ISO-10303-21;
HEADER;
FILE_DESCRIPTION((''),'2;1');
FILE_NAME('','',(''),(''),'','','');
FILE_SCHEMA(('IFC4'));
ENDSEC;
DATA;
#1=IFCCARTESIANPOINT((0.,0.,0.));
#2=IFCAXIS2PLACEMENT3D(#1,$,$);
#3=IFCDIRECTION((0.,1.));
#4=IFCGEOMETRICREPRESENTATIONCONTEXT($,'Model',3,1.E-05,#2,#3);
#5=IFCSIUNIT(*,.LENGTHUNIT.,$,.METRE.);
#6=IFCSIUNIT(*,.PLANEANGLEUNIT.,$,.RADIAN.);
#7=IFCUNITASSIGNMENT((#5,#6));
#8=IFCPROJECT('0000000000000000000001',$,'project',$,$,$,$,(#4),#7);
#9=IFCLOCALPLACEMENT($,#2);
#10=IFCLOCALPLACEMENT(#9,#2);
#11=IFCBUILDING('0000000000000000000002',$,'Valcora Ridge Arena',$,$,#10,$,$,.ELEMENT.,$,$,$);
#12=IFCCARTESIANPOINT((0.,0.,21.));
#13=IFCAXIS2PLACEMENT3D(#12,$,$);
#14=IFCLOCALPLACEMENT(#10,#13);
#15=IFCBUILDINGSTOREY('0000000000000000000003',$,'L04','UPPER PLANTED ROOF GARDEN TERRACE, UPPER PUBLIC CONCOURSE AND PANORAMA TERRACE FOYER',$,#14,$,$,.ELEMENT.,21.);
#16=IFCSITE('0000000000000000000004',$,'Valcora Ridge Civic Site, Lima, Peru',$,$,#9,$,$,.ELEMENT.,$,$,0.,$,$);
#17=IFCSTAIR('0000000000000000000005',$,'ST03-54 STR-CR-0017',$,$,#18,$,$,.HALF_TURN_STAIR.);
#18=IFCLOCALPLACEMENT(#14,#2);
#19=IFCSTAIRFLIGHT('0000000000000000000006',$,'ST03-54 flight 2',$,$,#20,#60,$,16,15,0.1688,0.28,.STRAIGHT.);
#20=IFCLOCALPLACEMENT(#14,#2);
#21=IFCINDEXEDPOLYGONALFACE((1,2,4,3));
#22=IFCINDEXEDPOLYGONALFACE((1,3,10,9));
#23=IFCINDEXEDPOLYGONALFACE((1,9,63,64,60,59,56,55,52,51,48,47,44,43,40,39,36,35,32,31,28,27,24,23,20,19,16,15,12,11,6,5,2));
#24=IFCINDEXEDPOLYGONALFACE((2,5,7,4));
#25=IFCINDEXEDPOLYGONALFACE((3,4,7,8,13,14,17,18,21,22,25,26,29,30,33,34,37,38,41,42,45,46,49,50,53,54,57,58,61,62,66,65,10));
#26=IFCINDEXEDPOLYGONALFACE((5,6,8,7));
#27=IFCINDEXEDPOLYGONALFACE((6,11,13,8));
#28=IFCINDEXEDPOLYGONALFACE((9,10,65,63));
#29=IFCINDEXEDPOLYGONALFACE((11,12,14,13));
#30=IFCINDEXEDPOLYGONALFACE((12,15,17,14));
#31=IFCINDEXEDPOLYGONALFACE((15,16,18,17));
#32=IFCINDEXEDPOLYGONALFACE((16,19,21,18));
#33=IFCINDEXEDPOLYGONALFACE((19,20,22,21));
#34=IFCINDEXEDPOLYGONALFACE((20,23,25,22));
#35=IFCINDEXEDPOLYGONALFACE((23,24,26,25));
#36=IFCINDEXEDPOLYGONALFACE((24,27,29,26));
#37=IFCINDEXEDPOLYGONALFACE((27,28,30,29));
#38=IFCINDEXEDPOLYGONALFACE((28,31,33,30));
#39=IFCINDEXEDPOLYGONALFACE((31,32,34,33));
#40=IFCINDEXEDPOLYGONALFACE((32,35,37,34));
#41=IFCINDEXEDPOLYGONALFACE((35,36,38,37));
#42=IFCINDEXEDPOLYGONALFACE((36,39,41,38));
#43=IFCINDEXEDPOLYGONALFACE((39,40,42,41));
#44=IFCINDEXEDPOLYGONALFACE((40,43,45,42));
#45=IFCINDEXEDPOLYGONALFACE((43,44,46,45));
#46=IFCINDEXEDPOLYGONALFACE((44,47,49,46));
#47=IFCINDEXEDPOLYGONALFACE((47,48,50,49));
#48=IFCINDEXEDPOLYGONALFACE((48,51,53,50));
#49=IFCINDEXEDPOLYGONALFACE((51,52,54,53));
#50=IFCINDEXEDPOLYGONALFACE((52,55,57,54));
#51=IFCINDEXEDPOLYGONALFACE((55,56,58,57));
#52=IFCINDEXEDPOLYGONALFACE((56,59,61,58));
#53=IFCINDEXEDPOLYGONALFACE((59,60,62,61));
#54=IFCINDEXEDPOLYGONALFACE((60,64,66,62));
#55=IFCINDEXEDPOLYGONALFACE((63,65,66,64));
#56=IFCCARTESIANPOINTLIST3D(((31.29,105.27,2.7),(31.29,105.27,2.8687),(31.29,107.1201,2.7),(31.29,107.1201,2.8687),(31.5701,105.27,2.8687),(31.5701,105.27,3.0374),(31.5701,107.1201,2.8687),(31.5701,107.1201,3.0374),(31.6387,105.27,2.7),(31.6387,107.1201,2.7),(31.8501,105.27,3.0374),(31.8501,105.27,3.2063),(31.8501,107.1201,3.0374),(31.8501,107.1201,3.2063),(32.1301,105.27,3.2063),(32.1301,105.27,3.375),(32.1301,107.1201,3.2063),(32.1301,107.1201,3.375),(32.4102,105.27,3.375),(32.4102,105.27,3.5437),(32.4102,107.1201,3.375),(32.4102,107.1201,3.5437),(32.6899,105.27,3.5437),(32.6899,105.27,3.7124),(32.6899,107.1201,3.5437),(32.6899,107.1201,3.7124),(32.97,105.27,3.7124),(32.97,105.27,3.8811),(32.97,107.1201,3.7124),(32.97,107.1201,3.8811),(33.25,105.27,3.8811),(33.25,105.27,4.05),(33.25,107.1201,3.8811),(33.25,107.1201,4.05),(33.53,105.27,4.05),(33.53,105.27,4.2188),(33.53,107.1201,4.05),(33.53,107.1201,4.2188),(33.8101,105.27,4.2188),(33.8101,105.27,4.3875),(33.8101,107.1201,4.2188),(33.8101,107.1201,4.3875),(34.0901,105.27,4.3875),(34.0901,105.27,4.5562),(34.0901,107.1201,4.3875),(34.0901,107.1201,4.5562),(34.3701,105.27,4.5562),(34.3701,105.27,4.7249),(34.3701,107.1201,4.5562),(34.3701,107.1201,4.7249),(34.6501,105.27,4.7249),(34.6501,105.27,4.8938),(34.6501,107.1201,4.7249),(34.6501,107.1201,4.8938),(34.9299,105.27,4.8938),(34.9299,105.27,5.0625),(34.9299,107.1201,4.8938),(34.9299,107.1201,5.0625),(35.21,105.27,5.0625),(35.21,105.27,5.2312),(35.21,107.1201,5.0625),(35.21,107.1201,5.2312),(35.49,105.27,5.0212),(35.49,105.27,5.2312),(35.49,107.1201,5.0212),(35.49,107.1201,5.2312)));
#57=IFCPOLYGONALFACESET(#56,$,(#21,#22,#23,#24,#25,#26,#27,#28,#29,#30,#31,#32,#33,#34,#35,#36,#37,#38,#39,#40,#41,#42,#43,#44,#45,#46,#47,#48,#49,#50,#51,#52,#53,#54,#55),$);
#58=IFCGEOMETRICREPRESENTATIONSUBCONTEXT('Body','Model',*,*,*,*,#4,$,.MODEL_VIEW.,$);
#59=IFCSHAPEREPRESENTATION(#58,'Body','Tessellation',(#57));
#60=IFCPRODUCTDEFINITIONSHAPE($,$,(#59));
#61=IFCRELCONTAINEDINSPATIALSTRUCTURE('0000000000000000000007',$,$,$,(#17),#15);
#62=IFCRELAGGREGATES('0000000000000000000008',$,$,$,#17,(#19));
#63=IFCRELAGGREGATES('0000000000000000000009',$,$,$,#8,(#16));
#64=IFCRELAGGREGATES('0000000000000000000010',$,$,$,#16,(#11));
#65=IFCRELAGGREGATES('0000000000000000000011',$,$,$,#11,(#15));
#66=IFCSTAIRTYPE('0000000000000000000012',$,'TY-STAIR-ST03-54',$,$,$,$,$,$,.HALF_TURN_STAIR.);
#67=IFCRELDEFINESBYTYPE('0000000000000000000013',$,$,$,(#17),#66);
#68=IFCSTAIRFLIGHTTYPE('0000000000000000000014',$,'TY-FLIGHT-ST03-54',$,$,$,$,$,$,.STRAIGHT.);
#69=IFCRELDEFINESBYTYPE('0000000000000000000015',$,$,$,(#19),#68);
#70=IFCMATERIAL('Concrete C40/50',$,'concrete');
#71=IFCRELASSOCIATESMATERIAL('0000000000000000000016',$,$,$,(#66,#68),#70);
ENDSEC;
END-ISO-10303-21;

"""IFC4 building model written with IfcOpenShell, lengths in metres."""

from ifc_helpers import new_model, si_unit, direction, frame, origin, place, context, subcontext, project, spatial, polyline, outline, extrude, material, type_object, element, aggregate, save


model = new_model("IFC4")

# Units and contexts
model_context = context("Model", 3, precision=1e-05, world=origin(), true_north=direction((0.0, 1.0)))
body_context = subcontext(model_context, "Body", "Model", "MODEL_VIEW")
ifc_project = project(units=[si_unit("LENGTHUNIT", "METRE"), si_unit("PLANEANGLEUNIT", "RADIAN")], contexts=[model_context])

# Site, building, storey
site_placement = place(None, origin())
site = spatial("IfcSite", under=ifc_project, at=site_placement, Name="Valcora Ridge Civic Site, Lima, Peru", CompositionType="ELEMENT", RefElevation=0.0)
building_placement = place(site_placement, origin())
building = spatial("IfcBuilding", under=site, at=building_placement, Name="Valcora Ridge Arena", CompositionType="ELEMENT")
storey_placement = place(building_placement, frame((0.0, 0.0, 21.0)))
storey = spatial("IfcBuildingStorey", under=building, at=storey_placement, Name="L04", Description="UPPER PLANTED ROOF GARDEN TERRACE, UPPER PUBLIC CONCOURSE AND PANORAMA TERRACE FOYER", CompositionType="ELEMENT", Elevation=21.0)

# Shared definitions
ifc_material_1 = material(Name="Concrete C40/50", Category="concrete")

# Stair, stair flight
stair_type = type_object("IfcStairType", Name="TY-STAIR-ST03-54", PredefinedType="HALF_TURN_STAIR", material=ifc_material_1)
stair_placement = place(storey_placement, origin())
stair = element("IfcStair", 1, at=stair_placement, inside=storey, type_object=stair_type, Name="ST03-54 STR-CR-0017", PredefinedType="HALF_TURN_STAIR")
stair_flight_type = type_object("IfcStairFlightType", Name="TY-FLIGHT-ST03-54", PredefinedType="STRAIGHT", material=ifc_material_1)
stair_flight_placement = place(storey_placement, frame((31.29, 106.1951, 2.7), z_axis=(0.0, 0.0, 1.0), x_axis=(1.0, 0.0, 0.0)))
stair_flight = element("IfcStairFlight", 2, at=stair_flight_placement, type_object=stair_flight_type, Name="ST03-54 flight 2", NumberOfRisers=16, NumberOfTreads=15, PredefinedType="STRAIGHT", RiserHeight=0.1688, TreadLength=0.28, context=body_context, shape_type="SweptSolid", body=[
    extrude(outline(polyline([(0.0, 0.0), (0.0, 0.1687), (0.28, 0.1687), (0.28, 0.3374), (0.5601, 0.3374), (0.5601, 0.5063), (0.8401, 0.5063), (0.8401, 0.675), (1.1201, 0.675), (1.1201, 0.8438), (1.3999, 0.8438), (1.3999, 1.0125), (1.6799, 1.0125), (1.6799, 1.1812), (1.96, 1.1812), (1.96, 1.3501), (2.24, 1.3501), (2.24, 1.5188), (2.52, 1.5188), (2.52, 1.6875), (2.8, 1.6875), (2.8, 1.8562), (3.0801, 1.8562), (3.0801, 2.0249), (3.3601, 2.0249), (3.3601, 2.1938), (3.6399, 2.1938), (3.6399, 2.3625), (3.9199, 2.3625), (3.9199, 2.5312), (4.2, 2.5312), (4.2, 2.7), (4.2, 2.3213), (0.3486, 0.0), (0.0, 0.0)])), frame((0.0, 0.925, 0.0), z_axis=(0.0, -1.0, 0.0), x_axis=(1.0, 0.0, 0.0)), (0.0, 0.0, 1.0), 1.8501),
])
aggregate(stair, [stair_flight])

save(model, "model.ifc")
